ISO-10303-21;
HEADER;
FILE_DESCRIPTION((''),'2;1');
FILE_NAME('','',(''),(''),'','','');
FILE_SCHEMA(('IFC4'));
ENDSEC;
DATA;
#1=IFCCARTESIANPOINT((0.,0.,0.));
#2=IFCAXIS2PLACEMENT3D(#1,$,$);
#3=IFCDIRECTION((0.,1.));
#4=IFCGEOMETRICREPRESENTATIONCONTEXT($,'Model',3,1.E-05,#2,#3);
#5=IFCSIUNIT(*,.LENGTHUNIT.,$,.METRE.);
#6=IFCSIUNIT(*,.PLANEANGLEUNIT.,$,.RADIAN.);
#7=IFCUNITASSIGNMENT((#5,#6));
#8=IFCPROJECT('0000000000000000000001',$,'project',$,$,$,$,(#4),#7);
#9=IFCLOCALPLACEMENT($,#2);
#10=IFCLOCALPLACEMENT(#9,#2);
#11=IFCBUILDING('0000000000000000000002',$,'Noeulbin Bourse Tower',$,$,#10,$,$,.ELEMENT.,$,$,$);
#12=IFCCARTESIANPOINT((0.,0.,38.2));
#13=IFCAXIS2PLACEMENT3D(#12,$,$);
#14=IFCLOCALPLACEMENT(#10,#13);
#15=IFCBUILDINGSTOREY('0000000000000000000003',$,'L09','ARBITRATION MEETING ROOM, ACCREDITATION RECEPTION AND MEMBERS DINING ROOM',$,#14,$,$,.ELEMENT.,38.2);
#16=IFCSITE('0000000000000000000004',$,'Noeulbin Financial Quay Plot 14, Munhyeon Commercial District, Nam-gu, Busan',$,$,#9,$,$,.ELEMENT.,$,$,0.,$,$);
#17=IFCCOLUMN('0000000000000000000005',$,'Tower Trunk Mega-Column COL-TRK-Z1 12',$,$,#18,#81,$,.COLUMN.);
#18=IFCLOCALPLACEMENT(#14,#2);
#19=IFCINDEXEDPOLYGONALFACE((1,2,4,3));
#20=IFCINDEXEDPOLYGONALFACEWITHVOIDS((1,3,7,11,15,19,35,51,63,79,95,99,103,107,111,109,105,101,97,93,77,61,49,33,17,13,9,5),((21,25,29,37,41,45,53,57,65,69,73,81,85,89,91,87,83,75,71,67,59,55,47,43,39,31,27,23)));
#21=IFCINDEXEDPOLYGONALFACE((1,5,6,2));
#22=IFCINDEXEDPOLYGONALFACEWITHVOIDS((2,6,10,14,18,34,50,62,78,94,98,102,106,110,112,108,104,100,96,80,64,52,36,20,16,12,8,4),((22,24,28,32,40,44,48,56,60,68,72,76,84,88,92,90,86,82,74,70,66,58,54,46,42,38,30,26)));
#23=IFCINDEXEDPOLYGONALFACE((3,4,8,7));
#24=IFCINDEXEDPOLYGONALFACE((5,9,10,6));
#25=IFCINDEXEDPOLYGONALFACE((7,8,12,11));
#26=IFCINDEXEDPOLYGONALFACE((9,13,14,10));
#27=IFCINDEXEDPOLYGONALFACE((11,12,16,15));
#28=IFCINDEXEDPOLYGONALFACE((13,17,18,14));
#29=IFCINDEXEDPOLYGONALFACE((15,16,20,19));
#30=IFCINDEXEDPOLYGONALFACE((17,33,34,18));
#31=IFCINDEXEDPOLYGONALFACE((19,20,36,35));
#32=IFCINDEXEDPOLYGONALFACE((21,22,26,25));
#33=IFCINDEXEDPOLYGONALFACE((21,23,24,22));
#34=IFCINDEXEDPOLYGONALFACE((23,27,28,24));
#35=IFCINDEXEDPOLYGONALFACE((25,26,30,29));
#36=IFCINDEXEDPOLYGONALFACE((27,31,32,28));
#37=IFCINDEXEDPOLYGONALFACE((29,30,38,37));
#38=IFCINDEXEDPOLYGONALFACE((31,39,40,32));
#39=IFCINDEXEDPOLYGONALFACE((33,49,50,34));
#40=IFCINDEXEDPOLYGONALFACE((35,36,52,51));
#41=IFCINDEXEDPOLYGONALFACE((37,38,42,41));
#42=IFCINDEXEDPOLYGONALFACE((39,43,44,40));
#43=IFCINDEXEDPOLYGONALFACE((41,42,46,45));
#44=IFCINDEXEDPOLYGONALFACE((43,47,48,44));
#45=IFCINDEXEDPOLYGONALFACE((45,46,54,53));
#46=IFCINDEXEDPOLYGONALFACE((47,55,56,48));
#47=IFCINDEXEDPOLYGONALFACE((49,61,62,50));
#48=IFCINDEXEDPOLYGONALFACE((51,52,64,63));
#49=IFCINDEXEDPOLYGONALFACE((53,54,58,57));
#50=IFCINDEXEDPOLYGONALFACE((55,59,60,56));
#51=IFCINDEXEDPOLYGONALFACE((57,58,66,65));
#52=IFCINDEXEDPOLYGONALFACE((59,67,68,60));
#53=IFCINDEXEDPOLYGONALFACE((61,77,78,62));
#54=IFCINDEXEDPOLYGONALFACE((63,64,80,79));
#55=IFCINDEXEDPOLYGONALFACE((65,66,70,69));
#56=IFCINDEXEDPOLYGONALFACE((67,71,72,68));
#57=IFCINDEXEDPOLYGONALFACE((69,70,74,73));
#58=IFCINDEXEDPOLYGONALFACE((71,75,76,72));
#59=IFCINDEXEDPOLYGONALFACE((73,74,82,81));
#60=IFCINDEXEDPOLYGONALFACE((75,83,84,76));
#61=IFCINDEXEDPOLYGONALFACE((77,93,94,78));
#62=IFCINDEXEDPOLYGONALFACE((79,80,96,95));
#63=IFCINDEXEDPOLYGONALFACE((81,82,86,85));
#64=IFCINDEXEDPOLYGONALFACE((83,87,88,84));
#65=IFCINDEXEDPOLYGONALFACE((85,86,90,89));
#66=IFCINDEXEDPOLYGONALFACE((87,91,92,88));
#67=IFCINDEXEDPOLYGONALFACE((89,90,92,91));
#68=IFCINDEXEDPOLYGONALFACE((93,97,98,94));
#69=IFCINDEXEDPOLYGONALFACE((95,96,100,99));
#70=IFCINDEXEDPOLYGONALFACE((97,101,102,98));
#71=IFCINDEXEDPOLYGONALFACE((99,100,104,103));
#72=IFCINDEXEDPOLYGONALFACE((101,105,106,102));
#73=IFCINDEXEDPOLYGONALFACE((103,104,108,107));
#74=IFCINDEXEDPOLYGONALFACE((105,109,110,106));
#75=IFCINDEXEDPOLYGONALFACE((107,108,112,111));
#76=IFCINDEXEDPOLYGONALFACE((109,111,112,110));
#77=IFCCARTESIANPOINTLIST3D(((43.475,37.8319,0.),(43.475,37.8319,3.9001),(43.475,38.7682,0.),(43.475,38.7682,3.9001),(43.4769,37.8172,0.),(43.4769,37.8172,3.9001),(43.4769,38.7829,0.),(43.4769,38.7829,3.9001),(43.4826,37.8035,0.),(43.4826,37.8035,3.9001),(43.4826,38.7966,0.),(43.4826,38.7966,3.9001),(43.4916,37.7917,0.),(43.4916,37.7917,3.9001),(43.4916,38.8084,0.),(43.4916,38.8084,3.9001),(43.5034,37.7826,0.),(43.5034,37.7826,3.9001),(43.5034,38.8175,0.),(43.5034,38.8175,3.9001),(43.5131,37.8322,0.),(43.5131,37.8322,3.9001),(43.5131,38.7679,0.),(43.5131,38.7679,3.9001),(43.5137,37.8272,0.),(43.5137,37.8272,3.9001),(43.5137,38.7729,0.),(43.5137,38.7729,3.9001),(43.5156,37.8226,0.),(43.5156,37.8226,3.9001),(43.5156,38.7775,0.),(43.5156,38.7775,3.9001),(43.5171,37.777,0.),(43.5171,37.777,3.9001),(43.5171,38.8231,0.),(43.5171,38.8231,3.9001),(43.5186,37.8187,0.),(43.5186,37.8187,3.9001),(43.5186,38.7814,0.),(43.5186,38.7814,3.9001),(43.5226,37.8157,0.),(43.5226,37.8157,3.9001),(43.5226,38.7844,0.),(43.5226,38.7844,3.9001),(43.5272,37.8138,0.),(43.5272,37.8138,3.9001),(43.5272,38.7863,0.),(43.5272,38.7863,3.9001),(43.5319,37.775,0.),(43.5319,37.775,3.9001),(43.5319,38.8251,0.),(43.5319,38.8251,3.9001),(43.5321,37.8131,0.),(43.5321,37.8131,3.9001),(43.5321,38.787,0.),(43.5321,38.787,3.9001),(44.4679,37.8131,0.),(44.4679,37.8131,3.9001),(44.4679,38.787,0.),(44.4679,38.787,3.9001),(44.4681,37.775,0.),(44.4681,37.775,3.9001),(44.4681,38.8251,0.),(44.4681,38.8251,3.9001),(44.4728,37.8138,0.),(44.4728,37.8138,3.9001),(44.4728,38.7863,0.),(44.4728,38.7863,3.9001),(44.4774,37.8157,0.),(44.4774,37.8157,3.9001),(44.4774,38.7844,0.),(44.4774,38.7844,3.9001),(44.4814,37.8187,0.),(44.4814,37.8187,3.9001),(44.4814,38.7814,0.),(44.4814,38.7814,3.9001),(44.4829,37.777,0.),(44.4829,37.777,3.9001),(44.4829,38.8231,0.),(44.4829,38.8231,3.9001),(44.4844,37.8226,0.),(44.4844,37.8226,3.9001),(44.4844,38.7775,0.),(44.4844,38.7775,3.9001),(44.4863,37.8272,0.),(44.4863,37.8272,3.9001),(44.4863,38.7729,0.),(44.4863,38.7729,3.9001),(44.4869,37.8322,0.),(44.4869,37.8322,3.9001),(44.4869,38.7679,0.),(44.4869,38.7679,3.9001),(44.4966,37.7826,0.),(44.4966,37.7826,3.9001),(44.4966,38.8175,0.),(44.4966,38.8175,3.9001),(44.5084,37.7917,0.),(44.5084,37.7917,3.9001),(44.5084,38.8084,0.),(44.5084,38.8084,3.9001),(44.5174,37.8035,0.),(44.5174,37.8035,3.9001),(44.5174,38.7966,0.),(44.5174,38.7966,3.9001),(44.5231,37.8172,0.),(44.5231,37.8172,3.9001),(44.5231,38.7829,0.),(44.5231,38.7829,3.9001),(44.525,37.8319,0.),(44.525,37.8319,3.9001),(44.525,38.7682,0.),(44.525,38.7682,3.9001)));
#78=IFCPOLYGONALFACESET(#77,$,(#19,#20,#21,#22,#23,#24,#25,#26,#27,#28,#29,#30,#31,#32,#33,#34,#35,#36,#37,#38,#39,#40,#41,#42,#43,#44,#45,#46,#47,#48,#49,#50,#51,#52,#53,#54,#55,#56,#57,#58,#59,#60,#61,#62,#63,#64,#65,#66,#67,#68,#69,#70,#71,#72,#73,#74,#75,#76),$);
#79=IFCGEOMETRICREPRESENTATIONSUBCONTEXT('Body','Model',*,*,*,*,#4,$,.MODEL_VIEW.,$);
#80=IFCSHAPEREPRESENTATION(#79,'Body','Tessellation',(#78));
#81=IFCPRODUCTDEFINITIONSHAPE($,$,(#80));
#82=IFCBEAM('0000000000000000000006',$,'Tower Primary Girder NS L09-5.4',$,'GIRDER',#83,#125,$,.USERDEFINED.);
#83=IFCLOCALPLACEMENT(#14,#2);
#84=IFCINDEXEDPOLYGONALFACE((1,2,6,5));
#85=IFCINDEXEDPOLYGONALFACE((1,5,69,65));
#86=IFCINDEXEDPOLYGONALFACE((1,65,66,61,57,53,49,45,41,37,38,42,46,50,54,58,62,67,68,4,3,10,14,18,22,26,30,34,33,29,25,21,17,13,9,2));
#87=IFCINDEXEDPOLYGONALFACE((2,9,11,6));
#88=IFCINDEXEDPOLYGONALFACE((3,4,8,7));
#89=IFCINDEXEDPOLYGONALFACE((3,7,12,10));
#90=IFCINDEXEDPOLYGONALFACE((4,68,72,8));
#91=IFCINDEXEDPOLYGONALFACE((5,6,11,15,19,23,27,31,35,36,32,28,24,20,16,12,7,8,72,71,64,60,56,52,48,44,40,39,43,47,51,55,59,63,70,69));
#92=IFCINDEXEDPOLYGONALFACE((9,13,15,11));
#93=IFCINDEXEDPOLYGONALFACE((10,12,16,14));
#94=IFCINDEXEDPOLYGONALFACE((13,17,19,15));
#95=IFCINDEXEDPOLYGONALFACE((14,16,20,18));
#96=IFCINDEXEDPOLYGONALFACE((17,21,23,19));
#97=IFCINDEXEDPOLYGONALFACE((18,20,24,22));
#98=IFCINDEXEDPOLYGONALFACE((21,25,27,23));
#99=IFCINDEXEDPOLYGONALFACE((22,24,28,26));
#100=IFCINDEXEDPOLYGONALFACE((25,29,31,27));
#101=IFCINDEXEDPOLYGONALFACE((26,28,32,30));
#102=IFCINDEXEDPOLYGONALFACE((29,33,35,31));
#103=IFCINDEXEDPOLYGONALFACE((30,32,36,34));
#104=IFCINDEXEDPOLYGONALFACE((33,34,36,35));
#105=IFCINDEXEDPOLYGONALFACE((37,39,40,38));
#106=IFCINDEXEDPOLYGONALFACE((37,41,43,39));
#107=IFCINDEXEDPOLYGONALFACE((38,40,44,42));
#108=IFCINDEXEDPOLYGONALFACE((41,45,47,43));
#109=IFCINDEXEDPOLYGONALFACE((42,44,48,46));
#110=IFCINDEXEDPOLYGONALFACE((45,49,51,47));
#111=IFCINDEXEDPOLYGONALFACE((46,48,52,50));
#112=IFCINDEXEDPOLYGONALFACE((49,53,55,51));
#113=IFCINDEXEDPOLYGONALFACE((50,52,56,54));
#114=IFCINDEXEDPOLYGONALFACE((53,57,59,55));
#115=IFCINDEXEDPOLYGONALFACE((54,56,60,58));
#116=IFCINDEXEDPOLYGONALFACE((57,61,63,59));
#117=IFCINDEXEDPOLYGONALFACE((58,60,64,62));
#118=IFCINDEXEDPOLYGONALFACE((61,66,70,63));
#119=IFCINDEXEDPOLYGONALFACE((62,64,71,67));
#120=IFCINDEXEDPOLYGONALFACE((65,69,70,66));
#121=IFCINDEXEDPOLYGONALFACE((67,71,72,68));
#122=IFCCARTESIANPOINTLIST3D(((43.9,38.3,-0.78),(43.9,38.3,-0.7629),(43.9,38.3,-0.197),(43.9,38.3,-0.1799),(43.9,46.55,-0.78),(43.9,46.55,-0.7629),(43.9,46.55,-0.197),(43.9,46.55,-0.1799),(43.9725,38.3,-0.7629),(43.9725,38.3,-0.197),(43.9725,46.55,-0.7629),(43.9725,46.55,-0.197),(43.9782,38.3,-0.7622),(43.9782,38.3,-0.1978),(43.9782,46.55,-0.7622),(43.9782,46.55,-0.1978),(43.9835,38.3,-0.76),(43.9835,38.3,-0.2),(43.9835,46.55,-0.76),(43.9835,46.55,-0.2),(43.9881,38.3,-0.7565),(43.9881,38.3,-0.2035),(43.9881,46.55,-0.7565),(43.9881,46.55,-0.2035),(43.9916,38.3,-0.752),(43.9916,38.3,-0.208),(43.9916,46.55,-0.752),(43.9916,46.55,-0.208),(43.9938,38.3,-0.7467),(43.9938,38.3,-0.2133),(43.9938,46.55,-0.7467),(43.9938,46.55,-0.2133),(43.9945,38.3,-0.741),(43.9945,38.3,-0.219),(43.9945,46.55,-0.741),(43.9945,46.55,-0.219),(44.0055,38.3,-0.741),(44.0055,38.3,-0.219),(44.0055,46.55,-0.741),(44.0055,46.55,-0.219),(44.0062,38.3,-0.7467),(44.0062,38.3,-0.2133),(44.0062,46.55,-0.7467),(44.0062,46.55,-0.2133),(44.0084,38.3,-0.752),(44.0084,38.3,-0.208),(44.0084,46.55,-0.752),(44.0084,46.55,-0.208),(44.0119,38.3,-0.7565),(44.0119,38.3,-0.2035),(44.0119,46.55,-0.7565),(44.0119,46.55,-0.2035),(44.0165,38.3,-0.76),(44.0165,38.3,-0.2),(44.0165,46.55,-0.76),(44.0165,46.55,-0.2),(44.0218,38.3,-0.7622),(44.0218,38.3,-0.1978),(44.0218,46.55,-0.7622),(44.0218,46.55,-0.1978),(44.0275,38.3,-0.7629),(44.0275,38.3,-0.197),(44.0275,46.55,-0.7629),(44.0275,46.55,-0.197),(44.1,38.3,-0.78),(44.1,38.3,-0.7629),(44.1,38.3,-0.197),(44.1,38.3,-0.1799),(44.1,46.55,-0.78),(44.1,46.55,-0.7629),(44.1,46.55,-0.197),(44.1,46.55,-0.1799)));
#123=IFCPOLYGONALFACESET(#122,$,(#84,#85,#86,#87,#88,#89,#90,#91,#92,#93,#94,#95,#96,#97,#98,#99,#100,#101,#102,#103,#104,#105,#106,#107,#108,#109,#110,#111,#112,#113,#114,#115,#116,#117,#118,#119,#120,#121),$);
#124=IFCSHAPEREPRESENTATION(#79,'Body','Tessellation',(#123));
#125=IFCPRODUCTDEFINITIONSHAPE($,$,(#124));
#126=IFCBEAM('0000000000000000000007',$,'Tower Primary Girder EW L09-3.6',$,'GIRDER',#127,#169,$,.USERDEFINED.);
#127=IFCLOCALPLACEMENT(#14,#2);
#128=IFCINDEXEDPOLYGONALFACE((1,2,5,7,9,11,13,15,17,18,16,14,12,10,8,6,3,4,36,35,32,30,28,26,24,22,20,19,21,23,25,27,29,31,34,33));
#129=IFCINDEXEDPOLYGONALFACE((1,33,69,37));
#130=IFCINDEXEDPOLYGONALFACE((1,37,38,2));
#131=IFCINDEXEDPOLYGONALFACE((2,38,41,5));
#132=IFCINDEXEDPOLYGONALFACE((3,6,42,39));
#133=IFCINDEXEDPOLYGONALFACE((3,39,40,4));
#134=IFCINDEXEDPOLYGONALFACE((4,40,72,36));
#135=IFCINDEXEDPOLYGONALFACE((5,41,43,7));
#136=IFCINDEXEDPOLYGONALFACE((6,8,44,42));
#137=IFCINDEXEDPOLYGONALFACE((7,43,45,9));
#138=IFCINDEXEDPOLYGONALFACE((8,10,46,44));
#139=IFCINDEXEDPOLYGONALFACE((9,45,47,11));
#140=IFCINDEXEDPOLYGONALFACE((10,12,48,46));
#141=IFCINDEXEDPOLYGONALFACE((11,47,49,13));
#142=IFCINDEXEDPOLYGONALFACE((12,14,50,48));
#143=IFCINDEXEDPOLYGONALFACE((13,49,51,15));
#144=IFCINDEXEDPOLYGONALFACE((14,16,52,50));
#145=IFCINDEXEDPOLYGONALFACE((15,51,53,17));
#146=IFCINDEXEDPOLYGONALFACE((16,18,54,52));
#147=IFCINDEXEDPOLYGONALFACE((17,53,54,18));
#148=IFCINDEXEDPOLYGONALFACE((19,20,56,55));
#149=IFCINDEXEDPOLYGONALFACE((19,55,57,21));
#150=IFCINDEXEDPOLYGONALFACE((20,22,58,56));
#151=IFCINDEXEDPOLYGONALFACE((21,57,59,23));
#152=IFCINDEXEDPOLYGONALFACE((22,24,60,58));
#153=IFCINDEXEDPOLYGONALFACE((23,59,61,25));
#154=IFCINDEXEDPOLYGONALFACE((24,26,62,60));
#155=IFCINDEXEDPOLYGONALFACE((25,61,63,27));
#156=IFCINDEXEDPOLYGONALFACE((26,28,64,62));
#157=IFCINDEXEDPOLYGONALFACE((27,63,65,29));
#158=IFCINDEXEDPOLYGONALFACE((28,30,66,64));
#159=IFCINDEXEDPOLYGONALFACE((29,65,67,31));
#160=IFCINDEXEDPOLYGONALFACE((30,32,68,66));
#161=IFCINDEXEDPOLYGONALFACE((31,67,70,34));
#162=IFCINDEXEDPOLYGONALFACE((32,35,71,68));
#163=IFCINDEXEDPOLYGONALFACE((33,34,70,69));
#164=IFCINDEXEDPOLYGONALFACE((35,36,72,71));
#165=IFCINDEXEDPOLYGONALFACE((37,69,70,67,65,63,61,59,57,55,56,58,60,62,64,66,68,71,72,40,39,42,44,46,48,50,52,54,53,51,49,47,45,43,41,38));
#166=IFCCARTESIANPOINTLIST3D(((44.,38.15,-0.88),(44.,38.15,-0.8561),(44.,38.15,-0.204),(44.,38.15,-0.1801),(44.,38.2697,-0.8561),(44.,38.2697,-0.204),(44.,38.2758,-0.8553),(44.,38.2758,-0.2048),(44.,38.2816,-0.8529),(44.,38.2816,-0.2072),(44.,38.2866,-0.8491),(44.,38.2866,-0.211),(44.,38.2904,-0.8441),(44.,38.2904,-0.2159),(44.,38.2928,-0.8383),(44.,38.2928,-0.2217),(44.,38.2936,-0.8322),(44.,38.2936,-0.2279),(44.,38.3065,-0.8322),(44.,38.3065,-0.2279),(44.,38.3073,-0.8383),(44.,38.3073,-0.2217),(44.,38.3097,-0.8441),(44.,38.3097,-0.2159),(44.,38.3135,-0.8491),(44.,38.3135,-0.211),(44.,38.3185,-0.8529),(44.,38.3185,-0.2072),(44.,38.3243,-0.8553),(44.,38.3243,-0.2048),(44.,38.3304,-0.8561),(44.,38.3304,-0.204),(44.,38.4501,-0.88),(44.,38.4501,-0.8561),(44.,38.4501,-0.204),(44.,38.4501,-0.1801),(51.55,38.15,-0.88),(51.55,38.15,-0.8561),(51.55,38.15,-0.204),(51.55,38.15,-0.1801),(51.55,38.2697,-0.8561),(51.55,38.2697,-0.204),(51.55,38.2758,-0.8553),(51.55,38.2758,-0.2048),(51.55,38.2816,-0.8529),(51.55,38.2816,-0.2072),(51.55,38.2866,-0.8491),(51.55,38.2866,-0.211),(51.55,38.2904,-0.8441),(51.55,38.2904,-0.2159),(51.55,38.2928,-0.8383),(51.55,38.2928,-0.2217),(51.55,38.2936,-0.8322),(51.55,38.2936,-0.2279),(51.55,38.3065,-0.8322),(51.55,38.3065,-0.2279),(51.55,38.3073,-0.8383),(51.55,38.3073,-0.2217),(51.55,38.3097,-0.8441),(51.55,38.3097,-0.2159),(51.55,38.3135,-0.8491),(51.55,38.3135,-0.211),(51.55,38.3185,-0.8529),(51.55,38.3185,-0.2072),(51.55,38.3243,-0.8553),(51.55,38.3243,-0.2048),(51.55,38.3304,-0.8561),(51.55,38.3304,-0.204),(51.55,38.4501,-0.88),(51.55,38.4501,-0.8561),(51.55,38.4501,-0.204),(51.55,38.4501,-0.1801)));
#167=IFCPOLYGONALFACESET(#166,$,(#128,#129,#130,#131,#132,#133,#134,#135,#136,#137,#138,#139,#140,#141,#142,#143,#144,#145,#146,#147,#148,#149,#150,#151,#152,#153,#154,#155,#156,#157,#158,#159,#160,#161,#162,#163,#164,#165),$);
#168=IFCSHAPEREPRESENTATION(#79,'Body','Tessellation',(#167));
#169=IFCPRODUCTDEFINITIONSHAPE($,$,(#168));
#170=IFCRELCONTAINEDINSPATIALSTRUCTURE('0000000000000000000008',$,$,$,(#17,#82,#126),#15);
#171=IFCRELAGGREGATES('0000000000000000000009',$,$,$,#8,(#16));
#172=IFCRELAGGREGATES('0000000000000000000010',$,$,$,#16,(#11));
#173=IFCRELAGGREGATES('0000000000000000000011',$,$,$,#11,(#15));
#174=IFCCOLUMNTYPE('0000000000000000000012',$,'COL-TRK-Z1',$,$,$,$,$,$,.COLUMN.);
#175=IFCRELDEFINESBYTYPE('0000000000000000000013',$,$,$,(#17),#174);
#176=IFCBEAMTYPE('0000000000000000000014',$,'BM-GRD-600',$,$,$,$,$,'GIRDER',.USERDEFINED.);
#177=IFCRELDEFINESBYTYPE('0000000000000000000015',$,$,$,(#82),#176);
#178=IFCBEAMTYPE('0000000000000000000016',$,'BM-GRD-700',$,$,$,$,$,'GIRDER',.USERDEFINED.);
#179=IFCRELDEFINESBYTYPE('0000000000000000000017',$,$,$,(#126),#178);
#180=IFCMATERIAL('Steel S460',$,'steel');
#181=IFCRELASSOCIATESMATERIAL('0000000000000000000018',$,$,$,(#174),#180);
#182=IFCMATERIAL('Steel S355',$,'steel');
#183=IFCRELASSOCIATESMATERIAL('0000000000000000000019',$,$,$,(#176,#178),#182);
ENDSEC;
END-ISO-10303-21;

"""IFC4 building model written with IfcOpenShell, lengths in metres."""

from ifc_helpers import new_model, si_unit, direction, frame, origin, origin_2d, place, context, subcontext, project, spatial, hollow_rectangle, i_section, extrude, material, material_profile, profile_set, type_object, element, save


model = new_model("IFC4")

# Units and contexts
model_context = context("Model", 3, precision=1e-05, world=origin(), true_north=direction((0.0, 1.0)))
body_context = subcontext(model_context, "Body", "Model", "MODEL_VIEW")
ifc_project = project(units=[si_unit("LENGTHUNIT", "METRE"), si_unit("PLANEANGLEUNIT", "RADIAN")], contexts=[model_context])

# Site, building, storey
site_placement = place(None, origin())
site = spatial("IfcSite", under=ifc_project, at=site_placement, Name="Noeulbin Financial Quay Plot 14, Munhyeon Commercial District, Nam-gu, Busan", CompositionType="ELEMENT", RefElevation=0.0)
building_placement = place(site_placement, origin())
building = spatial("IfcBuilding", under=site, at=building_placement, Name="Noeulbin Bourse Tower", CompositionType="ELEMENT")
storey_placement = place(building_placement, frame((0.0, 0.0, 38.2)))
storey = spatial("IfcBuildingStorey", under=building, at=storey_placement, Name="L09", Description="ARBITRATION MEETING ROOM, ACCREDITATION RECEPTION AND MEMBERS DINING ROOM", CompositionType="ELEMENT", Elevation=38.2)

# Column
ifc_material_1 = material(Name="Steel S460", Category="steel")
ifc_material_profile_1 = material_profile(ifc_material_1, hollow_rectangle(XDim=1.05, YDim=1.05, WallThickness=0.0381, InnerFilletRadius=0.019, OuterFilletRadius=0.0569, at=origin_2d()), Name="BOX-1050x1050x38", Category="LoadBearing")
ifc_profile_set_1 = profile_set([ifc_material_profile_1], Name="Steel S460")
column_type_1 = type_object("IfcColumnType", Name="COL-TRK-Z1", PredefinedType="COLUMN", material=ifc_profile_set_1)
column_placement = place(storey_placement, frame((44.0, 38.3, 0.0), z_axis=(0.0, 0.0, 1.0), x_axis=(1.0, 0.0, 0.0)))
element("IfcColumn", 1, at=column_placement, inside=storey, type_object=column_type_1, Name="Tower Trunk Mega-Column COL-TRK-Z1 12", PredefinedType="COLUMN", context=body_context, shape_type="SweptSolid", body=[
    extrude(hollow_rectangle(XDim=1.05, YDim=1.05, WallThickness=0.0381, InnerFilletRadius=0.019, OuterFilletRadius=0.0569, at=origin_2d()), origin(), (0.0, 0.0, 1.0), 3.9001),
])

# Beams
ifc_material_2 = material(Name="Steel S355", Category="steel")
ifc_material_profile_2 = material_profile(ifc_material_2, i_section(OverallWidth=0.2, OverallDepth=0.6001, WebThickness=0.011, FlangeThickness=0.0171, FilletRadius=0.022, at=origin_2d()), Name="H-600x200x11x17", Category="LoadBearing")
ifc_profile_set_2 = profile_set([ifc_material_profile_2], Name="Steel S355")
beam_type_1 = type_object("IfcBeamType", Name="BM-GRD-600", ElementType="GIRDER", PredefinedType="USERDEFINED", material=ifc_profile_set_2)
beam_1_placement = place(storey_placement, frame((44.0, 38.3, -0.48), z_axis=(0.0, 1.0, 0.0), x_axis=(-1.0, 0.0, 0.0)))
element("IfcBeam", 2, at=beam_1_placement, inside=storey, type_object=beam_type_1, Name="Tower Primary Girder NS L09-5.4", ObjectType="GIRDER", PredefinedType="USERDEFINED", context=body_context, shape_type="SweptSolid", body=[
    extrude(i_section(OverallWidth=0.2, OverallDepth=0.6001, WebThickness=0.011, FlangeThickness=0.0171, FilletRadius=0.022, at=origin_2d()), origin(), (0.0, 0.0, 1.0), 8.25),
])
ifc_material_profile_3 = material_profile(ifc_material_2, i_section(OverallWidth=0.3, OverallDepth=0.7, WebThickness=0.0129, FlangeThickness=0.0239, FilletRadius=0.0239, at=origin_2d()), Name="H-700x300x13x24", Category="LoadBearing")
ifc_profile_set_3 = profile_set([ifc_material_profile_3], Name="Steel S355")
beam_type_2 = type_object("IfcBeamType", Name="BM-GRD-700", ElementType="GIRDER", PredefinedType="USERDEFINED", material=ifc_profile_set_3)
beam_2_placement = place(storey_placement, frame((44.0, 38.3, -0.53), z_axis=(1.0, 0.0, 0.0), x_axis=(0.0, 1.0, 0.0)))
element("IfcBeam", 3, at=beam_2_placement, inside=storey, type_object=beam_type_2, Name="Tower Primary Girder EW L09-3.6", ObjectType="GIRDER", PredefinedType="USERDEFINED", context=body_context, shape_type="SweptSolid", body=[
    extrude(i_section(OverallWidth=0.3, OverallDepth=0.7, WebThickness=0.0129, FlangeThickness=0.0239, FilletRadius=0.0239, at=origin_2d()), origin(), (0.0, 0.0, 1.0), 7.55),
])

save(model, "model.ifc")
